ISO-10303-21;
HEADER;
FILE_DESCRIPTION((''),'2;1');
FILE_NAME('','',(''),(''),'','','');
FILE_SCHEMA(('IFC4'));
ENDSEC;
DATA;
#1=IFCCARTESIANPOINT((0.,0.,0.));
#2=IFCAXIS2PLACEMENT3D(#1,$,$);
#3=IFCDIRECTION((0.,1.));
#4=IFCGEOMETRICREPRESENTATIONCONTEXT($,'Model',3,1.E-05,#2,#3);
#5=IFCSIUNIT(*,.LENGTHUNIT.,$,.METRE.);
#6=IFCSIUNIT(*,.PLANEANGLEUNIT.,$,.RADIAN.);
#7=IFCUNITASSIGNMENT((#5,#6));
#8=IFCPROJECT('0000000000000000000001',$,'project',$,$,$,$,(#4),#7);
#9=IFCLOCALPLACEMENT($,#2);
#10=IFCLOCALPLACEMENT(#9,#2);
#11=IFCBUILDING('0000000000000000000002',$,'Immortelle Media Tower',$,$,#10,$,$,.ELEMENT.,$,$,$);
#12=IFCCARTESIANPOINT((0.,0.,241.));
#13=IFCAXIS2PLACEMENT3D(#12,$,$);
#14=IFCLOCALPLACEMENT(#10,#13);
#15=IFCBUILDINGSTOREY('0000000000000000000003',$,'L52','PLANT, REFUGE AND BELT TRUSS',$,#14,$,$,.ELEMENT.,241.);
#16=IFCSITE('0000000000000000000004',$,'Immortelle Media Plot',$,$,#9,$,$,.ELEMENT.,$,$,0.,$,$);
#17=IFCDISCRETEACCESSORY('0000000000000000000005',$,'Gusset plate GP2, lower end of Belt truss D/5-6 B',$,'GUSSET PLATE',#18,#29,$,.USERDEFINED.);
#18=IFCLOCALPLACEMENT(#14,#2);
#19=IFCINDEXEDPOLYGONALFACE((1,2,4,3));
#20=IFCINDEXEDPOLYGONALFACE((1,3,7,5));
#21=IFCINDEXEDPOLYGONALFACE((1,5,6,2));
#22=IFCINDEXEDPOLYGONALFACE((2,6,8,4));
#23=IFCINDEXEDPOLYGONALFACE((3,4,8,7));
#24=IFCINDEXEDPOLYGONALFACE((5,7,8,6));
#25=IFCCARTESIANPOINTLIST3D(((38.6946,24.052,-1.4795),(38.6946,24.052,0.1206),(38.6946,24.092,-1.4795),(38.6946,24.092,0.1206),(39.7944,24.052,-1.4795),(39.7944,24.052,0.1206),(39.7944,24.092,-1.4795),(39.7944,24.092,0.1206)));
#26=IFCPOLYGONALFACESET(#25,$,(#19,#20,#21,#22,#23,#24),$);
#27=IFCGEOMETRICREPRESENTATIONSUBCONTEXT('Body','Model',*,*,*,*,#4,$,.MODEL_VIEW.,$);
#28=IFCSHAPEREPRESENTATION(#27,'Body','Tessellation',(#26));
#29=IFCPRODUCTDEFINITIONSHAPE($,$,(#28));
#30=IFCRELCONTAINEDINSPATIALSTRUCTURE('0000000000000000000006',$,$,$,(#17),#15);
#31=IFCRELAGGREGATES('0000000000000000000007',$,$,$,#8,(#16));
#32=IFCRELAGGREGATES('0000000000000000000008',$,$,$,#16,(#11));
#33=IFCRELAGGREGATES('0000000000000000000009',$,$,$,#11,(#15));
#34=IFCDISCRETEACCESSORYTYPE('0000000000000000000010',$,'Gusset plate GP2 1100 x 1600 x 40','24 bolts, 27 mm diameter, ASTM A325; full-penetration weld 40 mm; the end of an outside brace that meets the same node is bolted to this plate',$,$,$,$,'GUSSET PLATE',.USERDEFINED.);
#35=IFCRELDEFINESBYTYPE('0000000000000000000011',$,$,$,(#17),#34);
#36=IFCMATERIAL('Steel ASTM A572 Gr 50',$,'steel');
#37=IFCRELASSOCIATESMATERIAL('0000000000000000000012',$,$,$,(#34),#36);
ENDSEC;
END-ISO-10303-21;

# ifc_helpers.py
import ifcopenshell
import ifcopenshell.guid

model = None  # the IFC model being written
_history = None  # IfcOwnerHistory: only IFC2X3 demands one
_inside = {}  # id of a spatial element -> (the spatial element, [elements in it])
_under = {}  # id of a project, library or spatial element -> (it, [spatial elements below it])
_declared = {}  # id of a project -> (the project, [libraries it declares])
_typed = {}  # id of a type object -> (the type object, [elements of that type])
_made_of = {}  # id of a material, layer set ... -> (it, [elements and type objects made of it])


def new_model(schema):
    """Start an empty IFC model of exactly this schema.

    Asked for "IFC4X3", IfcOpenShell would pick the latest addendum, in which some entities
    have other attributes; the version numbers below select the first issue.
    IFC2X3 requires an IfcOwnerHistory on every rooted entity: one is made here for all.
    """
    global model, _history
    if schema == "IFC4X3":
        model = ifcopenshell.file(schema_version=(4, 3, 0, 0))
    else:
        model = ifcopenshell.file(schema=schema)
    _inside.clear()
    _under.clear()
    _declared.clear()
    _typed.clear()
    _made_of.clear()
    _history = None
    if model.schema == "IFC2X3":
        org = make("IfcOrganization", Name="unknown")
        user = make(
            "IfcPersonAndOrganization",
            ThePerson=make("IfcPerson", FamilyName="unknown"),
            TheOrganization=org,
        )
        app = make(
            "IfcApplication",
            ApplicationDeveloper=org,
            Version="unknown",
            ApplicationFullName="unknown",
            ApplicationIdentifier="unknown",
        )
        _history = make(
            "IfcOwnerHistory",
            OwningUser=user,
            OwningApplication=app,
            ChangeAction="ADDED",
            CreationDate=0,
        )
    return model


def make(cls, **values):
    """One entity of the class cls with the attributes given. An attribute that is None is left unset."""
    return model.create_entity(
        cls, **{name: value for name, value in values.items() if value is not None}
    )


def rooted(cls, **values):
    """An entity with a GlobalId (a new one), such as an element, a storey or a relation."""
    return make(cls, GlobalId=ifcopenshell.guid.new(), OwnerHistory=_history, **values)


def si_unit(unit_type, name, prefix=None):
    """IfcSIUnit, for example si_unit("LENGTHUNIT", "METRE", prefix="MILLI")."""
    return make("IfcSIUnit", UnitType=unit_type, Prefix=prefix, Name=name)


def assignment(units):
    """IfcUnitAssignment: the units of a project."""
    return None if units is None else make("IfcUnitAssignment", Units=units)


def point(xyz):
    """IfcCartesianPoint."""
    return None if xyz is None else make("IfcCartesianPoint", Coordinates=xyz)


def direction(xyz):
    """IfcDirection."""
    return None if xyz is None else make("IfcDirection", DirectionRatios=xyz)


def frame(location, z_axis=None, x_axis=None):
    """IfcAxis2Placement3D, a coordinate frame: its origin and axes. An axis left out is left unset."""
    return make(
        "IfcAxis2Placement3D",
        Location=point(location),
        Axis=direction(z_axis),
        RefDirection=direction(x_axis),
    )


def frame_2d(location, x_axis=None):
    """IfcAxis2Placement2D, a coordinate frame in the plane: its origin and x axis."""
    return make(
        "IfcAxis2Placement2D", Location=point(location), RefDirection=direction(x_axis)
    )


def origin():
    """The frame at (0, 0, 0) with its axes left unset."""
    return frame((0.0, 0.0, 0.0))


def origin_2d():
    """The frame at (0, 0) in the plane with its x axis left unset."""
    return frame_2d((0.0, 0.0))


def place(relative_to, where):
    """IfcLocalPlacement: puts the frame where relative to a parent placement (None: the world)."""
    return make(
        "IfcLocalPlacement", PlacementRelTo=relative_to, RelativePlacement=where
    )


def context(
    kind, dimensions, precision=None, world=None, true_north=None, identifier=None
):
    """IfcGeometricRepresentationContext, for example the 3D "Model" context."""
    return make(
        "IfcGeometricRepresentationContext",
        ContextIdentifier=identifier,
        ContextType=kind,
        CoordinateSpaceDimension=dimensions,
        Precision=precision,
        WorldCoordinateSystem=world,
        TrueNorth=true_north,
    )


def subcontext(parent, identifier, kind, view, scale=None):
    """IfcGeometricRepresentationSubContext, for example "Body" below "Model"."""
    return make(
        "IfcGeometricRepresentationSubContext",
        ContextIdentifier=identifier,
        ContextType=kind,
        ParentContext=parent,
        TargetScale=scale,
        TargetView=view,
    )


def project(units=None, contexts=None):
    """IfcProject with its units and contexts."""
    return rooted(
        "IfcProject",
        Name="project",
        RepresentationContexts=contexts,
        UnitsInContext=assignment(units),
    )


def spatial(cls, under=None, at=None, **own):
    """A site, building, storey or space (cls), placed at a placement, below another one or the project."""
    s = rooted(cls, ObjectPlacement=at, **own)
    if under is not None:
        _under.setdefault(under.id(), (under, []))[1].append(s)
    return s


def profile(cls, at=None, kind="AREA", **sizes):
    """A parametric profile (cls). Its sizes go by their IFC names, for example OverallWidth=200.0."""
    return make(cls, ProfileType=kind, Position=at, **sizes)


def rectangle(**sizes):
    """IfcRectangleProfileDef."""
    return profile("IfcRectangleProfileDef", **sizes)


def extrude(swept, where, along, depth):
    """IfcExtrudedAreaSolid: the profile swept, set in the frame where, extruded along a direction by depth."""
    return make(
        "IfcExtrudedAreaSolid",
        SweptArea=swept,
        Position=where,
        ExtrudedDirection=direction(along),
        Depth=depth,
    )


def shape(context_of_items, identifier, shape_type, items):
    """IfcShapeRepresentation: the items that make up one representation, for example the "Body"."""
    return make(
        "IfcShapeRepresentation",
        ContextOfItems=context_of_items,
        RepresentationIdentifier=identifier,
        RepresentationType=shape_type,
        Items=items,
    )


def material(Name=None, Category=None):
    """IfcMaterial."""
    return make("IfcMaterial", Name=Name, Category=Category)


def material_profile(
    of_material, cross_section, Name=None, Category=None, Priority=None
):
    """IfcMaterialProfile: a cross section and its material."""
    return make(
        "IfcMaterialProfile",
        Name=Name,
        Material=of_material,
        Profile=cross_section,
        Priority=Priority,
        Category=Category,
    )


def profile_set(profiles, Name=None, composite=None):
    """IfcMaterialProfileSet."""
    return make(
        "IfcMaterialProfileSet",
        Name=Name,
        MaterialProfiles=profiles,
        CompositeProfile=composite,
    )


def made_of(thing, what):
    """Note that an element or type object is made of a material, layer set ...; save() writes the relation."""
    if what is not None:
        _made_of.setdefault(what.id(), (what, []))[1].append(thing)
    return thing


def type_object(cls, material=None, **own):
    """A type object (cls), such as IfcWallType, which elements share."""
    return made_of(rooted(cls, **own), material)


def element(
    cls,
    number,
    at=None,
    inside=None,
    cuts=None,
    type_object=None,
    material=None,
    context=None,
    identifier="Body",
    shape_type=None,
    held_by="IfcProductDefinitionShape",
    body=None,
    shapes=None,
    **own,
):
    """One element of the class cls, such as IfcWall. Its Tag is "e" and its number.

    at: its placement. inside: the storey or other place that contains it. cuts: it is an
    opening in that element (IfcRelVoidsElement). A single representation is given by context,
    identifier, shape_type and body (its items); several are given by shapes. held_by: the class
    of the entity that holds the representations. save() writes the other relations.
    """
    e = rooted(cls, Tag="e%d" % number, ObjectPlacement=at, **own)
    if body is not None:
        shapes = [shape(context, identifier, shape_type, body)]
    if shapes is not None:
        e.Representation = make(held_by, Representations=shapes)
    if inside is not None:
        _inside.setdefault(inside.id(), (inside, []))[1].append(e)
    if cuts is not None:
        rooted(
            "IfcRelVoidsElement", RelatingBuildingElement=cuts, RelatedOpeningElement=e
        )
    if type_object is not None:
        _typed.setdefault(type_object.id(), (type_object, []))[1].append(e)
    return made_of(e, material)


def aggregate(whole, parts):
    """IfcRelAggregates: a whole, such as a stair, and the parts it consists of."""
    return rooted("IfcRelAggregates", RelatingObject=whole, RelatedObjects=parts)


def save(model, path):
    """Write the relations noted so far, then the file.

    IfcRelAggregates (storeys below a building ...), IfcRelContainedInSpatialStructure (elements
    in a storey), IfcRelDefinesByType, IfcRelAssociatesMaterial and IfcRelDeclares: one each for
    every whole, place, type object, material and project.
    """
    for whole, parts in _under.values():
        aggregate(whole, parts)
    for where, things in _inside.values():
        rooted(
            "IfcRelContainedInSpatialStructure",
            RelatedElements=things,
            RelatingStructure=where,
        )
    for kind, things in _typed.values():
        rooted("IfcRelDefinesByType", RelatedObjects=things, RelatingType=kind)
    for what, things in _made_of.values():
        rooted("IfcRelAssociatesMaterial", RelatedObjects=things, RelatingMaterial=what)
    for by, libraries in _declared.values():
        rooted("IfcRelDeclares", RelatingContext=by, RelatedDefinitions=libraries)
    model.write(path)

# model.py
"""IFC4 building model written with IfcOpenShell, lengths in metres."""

from ifc_helpers import new_model, si_unit, direction, frame, origin, origin_2d, place, context, subcontext, project, spatial, rectangle, extrude, material, material_profile, profile_set, type_object, element, save


model = new_model("IFC4")

# Units and contexts
model_context = context("Model", 3, precision=1e-05, world=origin(), true_north=direction((0.0, 1.0)))
body_context = subcontext(model_context, "Body", "Model", "MODEL_VIEW")
ifc_project = project(units=[si_unit("LENGTHUNIT", "METRE"), si_unit("PLANEANGLEUNIT", "RADIAN")], contexts=[model_context])

# Site, building, storey
site_placement = place(None, origin())
site = spatial("IfcSite", under=ifc_project, at=site_placement, Name="Immortelle Media Plot", CompositionType="ELEMENT", RefElevation=0.0)
building_placement = place(site_placement, origin())
building = spatial("IfcBuilding", under=site, at=building_placement, Name="Immortelle Media Tower", CompositionType="ELEMENT")
storey_placement = place(building_placement, frame((0.0, 0.0, 241.0)))
storey = spatial("IfcBuildingStorey", under=building, at=storey_placement, Name="L52", Description="PLANT, REFUGE AND BELT TRUSS", CompositionType="ELEMENT", Elevation=241.0)

# Discrete accessory
ifc_material_1 = material(Name="Steel ASTM A572 Gr 50", Category="steel")
ifc_material_profile_1 = material_profile(ifc_material_1, rectangle(XDim=0.04, YDim=1.6001, at=origin_2d()), Name="PL 40 x 1600")
ifc_profile_set_1 = profile_set([ifc_material_profile_1], Name="Steel ASTM A572 Gr 50")
discrete_accessory_type = type_object("IfcDiscreteAccessoryType", Name="Gusset plate GP2 1100 x 1600 x 40", Description="24 bolts, 27 mm diameter, ASTM A325; full-penetration weld 40 mm; the end of an outside brace that meets the same node is bolted to this plate", ElementType="GUSSET PLATE", PredefinedType="USERDEFINED", material=ifc_profile_set_1)
for number, where, z_axis, x_axis, name in (
    (1, (39.7944, 24.072, -0.6794), (-1.0, 0.0, 0.0), (0.0, -1.0, 0.0), "Gusset plate GP2, lower end of Belt truss D/5-6 B"),
):
    element("IfcDiscreteAccessory", number, at=place(storey_placement, frame(where, z_axis=z_axis, x_axis=x_axis)), inside=storey, type_object=discrete_accessory_type, Name=name, ObjectType="GUSSET PLATE", PredefinedType="USERDEFINED", context=body_context, shape_type="SweptSolid", body=[
        extrude(rectangle(XDim=0.04, YDim=1.6001, at=origin_2d()), origin(), (0.0, 0.0, 1.0), 1.0999),
    ])

save(model, "model.ifc")
